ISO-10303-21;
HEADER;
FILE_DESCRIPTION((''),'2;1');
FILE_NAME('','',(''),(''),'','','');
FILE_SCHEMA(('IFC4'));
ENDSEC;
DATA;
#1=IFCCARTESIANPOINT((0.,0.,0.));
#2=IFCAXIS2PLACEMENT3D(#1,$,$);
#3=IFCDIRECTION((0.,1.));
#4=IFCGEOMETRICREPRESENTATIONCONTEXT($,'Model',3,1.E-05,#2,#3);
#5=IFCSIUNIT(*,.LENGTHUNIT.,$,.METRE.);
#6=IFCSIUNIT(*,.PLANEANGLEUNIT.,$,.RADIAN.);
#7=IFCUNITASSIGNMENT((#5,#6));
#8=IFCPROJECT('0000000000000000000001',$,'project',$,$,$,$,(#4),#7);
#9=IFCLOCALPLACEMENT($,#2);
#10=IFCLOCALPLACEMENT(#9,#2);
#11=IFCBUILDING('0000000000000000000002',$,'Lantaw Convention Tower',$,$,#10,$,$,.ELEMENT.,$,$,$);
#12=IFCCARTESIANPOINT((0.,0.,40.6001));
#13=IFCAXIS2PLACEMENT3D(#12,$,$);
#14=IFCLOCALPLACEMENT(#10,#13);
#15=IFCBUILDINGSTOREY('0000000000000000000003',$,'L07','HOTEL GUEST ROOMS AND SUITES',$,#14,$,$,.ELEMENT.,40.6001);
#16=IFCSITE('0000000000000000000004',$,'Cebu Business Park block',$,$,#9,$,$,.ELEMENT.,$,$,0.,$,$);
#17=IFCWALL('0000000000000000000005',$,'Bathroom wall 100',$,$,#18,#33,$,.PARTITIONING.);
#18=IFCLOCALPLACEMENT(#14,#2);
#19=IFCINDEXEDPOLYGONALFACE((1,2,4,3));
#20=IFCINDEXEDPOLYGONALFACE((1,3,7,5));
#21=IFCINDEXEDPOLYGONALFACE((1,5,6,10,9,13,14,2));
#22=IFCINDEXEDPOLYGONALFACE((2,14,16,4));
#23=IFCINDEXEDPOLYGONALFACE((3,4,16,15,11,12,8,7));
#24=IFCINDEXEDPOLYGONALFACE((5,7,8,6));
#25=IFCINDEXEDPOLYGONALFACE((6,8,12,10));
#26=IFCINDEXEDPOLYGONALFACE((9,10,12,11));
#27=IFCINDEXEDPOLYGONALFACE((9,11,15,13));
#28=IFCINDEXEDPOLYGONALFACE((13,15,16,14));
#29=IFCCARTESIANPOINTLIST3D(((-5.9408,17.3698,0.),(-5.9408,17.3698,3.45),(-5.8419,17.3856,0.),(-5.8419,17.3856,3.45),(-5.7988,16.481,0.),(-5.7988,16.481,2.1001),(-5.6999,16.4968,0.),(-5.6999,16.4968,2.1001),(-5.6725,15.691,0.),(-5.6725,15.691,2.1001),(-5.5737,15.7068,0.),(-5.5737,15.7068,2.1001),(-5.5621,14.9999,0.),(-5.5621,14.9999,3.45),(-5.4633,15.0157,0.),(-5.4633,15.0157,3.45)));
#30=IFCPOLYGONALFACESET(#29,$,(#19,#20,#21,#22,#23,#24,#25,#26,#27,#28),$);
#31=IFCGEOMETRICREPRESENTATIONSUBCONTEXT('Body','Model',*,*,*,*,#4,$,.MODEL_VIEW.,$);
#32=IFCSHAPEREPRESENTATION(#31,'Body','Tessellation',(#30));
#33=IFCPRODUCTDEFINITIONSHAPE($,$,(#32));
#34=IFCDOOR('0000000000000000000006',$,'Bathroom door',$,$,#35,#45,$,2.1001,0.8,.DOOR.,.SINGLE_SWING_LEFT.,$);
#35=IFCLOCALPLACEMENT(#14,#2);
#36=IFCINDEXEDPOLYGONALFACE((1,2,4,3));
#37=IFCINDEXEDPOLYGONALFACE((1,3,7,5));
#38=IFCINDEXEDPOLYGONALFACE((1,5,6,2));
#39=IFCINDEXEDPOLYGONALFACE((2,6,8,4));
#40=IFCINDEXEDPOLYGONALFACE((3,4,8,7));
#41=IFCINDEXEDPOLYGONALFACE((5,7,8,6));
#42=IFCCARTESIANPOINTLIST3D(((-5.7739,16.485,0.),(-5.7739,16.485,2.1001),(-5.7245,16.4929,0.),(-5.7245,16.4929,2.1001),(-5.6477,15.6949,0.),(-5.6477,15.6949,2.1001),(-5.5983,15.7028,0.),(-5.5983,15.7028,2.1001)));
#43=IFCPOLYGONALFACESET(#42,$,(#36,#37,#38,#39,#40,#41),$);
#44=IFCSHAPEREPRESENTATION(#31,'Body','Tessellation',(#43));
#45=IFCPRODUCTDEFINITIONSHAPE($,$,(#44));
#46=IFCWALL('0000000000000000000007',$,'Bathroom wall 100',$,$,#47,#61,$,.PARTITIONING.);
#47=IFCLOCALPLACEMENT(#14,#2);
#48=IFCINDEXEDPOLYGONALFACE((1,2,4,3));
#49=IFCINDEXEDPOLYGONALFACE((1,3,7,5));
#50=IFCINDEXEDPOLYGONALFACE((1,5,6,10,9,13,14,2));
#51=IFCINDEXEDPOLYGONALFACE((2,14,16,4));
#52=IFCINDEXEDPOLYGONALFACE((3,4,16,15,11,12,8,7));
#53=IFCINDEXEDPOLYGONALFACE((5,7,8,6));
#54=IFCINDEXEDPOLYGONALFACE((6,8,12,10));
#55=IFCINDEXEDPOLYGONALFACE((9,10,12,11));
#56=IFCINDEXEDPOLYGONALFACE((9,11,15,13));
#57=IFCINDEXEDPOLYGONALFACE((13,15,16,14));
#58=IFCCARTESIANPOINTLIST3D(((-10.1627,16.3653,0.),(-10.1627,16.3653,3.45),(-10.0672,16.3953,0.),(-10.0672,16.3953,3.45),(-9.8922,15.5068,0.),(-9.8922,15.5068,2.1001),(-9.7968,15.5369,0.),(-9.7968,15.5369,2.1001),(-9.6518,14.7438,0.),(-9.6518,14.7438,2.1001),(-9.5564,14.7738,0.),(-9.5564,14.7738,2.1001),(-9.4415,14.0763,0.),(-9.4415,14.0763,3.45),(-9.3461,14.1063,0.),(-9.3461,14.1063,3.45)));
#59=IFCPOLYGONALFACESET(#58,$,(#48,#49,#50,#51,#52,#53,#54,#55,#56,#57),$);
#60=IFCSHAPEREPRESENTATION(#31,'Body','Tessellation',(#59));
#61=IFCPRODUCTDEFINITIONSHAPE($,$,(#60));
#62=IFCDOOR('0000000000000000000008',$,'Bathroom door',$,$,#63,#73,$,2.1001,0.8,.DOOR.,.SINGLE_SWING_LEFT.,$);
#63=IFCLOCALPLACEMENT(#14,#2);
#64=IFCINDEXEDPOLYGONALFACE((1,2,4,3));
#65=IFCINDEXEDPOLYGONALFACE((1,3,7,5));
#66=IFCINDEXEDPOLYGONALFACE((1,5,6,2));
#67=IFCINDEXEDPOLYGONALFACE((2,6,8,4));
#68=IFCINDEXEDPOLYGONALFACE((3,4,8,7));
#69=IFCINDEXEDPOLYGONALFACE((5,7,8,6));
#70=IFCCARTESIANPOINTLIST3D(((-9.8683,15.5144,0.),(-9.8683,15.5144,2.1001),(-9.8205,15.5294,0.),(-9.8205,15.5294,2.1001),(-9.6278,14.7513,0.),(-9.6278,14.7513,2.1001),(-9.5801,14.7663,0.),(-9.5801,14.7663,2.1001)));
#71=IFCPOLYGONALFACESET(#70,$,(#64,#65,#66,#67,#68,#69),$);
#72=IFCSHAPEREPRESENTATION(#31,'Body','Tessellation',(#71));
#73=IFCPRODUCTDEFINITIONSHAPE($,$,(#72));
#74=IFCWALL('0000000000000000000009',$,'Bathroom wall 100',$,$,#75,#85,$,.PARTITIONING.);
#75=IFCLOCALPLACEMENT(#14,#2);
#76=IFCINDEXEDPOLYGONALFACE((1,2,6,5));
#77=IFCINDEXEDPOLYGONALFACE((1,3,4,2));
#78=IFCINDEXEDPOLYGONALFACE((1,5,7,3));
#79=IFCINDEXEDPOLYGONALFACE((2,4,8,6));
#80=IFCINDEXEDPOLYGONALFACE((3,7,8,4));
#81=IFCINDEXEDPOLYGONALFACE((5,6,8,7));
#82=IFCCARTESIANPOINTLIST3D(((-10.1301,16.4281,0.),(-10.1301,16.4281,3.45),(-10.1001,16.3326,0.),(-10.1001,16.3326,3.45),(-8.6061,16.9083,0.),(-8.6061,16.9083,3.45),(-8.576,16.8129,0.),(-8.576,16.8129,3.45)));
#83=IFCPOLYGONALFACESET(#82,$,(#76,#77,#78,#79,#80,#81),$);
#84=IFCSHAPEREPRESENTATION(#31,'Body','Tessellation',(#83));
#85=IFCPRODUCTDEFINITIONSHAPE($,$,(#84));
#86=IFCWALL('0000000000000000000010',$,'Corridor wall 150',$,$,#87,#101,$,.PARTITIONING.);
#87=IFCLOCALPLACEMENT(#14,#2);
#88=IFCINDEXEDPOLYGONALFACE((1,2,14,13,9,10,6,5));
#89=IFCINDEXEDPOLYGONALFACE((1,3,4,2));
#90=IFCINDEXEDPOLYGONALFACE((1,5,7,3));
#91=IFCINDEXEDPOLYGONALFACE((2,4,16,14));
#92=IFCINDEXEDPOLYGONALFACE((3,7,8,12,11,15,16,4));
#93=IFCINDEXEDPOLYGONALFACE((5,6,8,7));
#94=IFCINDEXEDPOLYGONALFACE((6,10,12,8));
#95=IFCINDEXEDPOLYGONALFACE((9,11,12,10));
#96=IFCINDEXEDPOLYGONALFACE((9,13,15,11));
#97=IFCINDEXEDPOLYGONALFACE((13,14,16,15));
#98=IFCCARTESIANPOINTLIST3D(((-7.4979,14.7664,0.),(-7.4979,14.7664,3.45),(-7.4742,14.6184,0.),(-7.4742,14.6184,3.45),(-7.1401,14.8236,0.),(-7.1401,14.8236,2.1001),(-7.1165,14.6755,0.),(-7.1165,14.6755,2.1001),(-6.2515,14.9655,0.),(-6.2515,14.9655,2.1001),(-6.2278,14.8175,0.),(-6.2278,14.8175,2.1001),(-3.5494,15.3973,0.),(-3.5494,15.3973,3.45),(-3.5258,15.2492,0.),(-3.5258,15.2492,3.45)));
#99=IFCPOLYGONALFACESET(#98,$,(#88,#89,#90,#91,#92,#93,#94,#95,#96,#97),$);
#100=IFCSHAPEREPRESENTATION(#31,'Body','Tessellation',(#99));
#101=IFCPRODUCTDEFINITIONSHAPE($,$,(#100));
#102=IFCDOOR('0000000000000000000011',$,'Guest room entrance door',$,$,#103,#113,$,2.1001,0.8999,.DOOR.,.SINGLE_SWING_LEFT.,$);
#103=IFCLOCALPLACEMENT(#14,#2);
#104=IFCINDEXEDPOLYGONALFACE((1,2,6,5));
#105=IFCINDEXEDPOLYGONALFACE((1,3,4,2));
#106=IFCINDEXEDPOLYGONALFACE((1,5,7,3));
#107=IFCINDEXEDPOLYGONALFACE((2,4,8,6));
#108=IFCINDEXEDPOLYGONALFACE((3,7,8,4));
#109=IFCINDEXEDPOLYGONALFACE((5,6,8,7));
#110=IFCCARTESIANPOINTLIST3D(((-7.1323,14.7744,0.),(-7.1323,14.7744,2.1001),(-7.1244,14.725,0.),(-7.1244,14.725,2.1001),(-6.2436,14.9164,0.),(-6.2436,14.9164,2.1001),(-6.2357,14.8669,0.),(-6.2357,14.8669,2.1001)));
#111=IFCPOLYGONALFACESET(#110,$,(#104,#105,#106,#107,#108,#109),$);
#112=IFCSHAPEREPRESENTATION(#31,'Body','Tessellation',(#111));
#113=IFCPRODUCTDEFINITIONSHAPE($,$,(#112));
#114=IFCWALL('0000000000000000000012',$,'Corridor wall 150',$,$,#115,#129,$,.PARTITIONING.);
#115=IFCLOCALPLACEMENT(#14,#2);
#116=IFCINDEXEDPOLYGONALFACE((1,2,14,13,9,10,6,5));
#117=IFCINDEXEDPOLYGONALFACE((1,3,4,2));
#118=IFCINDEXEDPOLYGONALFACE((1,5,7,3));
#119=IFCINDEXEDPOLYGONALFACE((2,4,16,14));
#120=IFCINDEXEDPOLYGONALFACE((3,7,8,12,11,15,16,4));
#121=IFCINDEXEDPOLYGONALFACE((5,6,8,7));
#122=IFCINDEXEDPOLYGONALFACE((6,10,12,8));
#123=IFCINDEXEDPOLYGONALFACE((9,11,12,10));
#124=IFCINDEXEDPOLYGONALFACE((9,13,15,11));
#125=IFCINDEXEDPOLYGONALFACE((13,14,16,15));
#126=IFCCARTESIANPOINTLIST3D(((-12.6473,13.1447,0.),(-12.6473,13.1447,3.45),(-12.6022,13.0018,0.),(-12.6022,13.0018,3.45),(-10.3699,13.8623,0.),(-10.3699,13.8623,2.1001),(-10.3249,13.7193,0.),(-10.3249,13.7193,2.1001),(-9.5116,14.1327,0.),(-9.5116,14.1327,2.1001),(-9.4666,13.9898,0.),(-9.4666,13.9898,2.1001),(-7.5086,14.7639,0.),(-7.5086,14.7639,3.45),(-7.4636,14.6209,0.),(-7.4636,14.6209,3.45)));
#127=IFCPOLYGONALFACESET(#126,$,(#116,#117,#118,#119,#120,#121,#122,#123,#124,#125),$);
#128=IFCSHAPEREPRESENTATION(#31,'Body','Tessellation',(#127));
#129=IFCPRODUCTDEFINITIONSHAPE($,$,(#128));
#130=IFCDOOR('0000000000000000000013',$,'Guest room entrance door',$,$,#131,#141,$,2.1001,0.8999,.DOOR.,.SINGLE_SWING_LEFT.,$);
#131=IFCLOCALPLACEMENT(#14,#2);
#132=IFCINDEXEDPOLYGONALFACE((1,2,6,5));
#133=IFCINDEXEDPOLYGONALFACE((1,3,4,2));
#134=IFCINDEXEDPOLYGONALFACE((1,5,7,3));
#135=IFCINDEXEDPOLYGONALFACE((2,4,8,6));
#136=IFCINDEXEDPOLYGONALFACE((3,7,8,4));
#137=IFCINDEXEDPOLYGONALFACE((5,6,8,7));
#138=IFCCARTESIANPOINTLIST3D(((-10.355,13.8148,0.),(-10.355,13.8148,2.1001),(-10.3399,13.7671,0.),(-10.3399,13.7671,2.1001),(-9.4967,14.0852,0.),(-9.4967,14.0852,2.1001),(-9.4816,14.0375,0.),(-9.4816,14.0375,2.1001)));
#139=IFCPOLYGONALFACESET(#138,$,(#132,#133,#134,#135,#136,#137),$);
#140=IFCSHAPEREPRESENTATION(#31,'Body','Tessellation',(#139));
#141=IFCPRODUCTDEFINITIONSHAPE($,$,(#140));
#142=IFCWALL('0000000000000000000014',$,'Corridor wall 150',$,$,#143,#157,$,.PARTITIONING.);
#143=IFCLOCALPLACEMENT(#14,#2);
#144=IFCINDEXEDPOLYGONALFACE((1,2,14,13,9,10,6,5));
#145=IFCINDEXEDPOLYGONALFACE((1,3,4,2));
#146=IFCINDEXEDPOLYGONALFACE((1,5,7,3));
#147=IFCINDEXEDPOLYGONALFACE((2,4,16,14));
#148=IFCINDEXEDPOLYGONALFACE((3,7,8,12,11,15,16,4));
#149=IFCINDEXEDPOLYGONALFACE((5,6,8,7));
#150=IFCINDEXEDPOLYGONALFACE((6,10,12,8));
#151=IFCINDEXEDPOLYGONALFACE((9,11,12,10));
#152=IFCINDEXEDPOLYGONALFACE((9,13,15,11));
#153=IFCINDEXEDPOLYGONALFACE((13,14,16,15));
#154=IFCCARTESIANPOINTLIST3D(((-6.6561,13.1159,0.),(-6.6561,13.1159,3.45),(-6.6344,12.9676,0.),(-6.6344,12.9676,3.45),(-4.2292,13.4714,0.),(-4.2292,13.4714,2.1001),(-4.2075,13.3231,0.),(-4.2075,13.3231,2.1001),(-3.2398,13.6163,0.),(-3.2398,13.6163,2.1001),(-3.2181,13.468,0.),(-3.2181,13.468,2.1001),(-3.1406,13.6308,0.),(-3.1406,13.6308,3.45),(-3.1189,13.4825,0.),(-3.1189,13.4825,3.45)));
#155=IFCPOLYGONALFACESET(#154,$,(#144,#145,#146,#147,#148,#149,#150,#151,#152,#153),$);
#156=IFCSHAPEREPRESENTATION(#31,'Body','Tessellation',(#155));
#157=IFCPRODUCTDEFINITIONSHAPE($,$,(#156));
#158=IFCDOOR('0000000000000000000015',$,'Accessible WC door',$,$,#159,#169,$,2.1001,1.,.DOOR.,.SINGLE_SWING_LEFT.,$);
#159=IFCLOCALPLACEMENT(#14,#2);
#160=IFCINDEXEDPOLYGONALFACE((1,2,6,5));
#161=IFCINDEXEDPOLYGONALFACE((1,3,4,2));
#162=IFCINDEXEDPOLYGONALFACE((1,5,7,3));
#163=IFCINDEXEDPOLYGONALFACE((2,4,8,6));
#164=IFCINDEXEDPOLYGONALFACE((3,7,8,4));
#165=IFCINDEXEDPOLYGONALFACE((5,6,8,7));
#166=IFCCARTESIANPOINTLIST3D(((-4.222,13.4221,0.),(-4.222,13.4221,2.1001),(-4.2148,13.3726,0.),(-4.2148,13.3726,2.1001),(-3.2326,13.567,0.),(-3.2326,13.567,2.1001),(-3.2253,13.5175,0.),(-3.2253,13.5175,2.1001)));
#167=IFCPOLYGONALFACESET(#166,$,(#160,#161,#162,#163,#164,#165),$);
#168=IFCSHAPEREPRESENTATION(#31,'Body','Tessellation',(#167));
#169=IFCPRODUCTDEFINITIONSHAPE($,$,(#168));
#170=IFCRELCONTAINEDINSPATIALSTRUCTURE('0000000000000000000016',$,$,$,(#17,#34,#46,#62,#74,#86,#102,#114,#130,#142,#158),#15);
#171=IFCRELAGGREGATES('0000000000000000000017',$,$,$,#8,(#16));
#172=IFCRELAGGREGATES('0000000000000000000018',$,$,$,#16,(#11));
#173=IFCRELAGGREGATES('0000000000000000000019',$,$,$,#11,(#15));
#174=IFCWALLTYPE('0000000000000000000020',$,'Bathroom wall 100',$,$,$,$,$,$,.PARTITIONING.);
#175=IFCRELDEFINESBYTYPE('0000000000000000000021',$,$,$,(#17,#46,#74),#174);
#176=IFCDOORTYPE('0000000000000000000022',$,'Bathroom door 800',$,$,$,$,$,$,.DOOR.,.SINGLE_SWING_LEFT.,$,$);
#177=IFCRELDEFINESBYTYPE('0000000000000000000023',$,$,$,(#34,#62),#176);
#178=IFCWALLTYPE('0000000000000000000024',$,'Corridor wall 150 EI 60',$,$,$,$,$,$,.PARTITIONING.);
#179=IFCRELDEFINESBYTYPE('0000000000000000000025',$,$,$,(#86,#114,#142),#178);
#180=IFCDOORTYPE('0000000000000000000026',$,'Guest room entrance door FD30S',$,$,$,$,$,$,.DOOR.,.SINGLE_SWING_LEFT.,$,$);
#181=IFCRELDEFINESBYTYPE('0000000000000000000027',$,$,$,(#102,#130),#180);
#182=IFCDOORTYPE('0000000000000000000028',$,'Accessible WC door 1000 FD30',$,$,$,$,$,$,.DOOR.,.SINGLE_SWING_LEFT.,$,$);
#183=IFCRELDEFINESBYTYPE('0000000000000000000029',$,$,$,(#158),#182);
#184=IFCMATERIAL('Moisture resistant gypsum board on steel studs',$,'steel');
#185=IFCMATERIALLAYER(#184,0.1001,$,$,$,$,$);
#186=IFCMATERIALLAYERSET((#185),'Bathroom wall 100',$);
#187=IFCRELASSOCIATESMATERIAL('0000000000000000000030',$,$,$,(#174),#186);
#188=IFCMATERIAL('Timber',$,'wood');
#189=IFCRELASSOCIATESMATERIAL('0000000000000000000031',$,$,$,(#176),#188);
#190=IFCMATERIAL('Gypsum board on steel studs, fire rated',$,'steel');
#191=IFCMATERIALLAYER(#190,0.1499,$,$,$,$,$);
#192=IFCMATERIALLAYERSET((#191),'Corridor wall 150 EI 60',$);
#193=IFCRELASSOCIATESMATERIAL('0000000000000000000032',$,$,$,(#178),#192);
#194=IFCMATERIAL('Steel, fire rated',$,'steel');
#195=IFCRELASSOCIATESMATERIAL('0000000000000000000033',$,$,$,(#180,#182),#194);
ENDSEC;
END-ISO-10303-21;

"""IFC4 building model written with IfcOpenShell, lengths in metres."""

from ifc_helpers import new_model, si_unit, direction, frame, frame_2d, origin, place, context, subcontext, project, spatial, rectangle, extrude, material, layer, layer_set, type_object, element, fill, save


model = new_model("IFC4")

# Units and contexts
model_context = context("Model", 3, precision=1e-05, world=origin(), true_north=direction((0.0, 1.0)))
body_context = subcontext(model_context, "Body", "Model", "MODEL_VIEW")
ifc_project = project(units=[si_unit("LENGTHUNIT", "METRE"), si_unit("PLANEANGLEUNIT", "RADIAN")], contexts=[model_context])

# Site, building, storey
site_placement = place(None, origin())
site = spatial("IfcSite", under=ifc_project, at=site_placement, Name="Cebu Business Park block", CompositionType="ELEMENT", RefElevation=0.0)
building_placement = place(site_placement, origin())
building = spatial("IfcBuilding", under=site, at=building_placement, Name="Lantaw Convention Tower", CompositionType="ELEMENT")
storey_placement = place(building_placement, frame((0.0, 0.0, 40.6001)))
storey = spatial("IfcBuildingStorey", under=building, at=storey_placement, Name="L07", Description="HOTEL GUEST ROOMS AND SUITES", CompositionType="ELEMENT", Elevation=40.6001)

# Walls, openings, doors
ifc_material_1 = material(Name="Moisture resistant gypsum board on steel studs", Category="steel")
ifc_layer_1 = layer(ifc_material_1, 0.1001)
ifc_layer_set_1 = layer_set([ifc_layer_1], Name="Bathroom wall 100")
wall_type_1 = type_object("IfcWallType", Name="Bathroom wall 100", PredefinedType="PARTITIONING", material=ifc_layer_set_1)
ifc_material_2 = material(Name="Timber", Category="wood")
door_type_1 = type_object("IfcDoorType", Name="Bathroom door 800", OperationType="SINGLE_SWING_LEFT", PredefinedType="DOOR", material=ifc_material_2)
wall_1_placement = place(storey_placement, frame((-5.5127, 15.0078, 0.0), z_axis=(0.0, 0.0, 1.0), x_axis=(-0.15778, 0.987474, 0.0)))
wall_1 = element("IfcWall", 1, at=wall_1_placement, inside=storey, type_object=wall_type_1, Name="Bathroom wall 100", PredefinedType="PARTITIONING", context=body_context, shape_type="SweptSolid", body=[
    extrude(rectangle(XDim=2.3999, YDim=0.1001, at=frame_2d((1.2, 0.0))), origin(), (0.0, 0.0, 1.0), 3.45),
])
opening_1_placement = place(wall_1_placement, frame((0.7, 0.0, 0.0)))
opening_1 = element("IfcOpeningElement", 2, at=opening_1_placement, cuts=wall_1, PredefinedType="OPENING", context=body_context, shape_type="SweptSolid", body=[
    extrude(rectangle(XDim=0.8, YDim=2.1001, at=frame_2d((0.3999, 1.05))), frame((0.0, 0.0601, 0.0), z_axis=(0.0, -1.0, 0.0), x_axis=(1.0, 0.0, 0.0)), (0.0, 0.0, 1.0), 0.1201),
])
door_1_placement = place(opening_1_placement, origin())
door_1 = element("IfcDoor", 3, at=door_1_placement, inside=storey, type_object=door_type_1, Name="Bathroom door", OperationType="SINGLE_SWING_LEFT", OverallHeight=2.1001, OverallWidth=0.8, PredefinedType="DOOR", context=body_context, shape_type="SweptSolid", body=[
    extrude(rectangle(XDim=0.8, YDim=2.1001, at=frame_2d((0.3999, 1.05))), frame((0.0, 0.0249, 0.0), z_axis=(0.0, -1.0, 0.0), x_axis=(1.0, 0.0, 0.0)), (0.0, 0.0, 1.0), 0.05),
])
fill(opening_1, door_1)
wall_2_placement = place(storey_placement, frame((-9.3938, 14.0913, 0.0), z_axis=(0.0, 0.0, 1.0), x_axis=(-0.300498, 0.953782, 0.0)))
wall_2 = element("IfcWall", 4, at=wall_2_placement, inside=storey, type_object=wall_type_1, Name="Bathroom wall 100", PredefinedType="PARTITIONING", context=body_context, shape_type="SweptSolid", body=[
    extrude(rectangle(XDim=2.3999, YDim=0.1001, at=frame_2d((1.2, 0.0))), origin(), (0.0, 0.0, 1.0), 3.45),
])
opening_2_placement = place(wall_2_placement, frame((0.7, 0.0, 0.0)))
opening_2 = element("IfcOpeningElement", 5, at=opening_2_placement, cuts=wall_2, PredefinedType="OPENING", context=body_context, shape_type="SweptSolid", body=[
    extrude(rectangle(XDim=0.8, YDim=2.1001, at=frame_2d((0.3999, 1.05))), frame((0.0, 0.0601, 0.0), z_axis=(0.0, -1.0, 0.0), x_axis=(1.0, 0.0, 0.0)), (0.0, 0.0, 1.0), 0.1201),
])
door_2_placement = place(opening_2_placement, origin())
door_2 = element("IfcDoor", 6, at=door_2_placement, inside=storey, type_object=door_type_1, Name="Bathroom door", OperationType="SINGLE_SWING_LEFT", OverallHeight=2.1001, OverallWidth=0.8, PredefinedType="DOOR", context=body_context, shape_type="SweptSolid", body=[
    extrude(rectangle(XDim=0.8, YDim=2.1001, at=frame_2d((0.3999, 1.05))), frame((0.0, 0.0249, 0.0), z_axis=(0.0, -1.0, 0.0), x_axis=(1.0, 0.0, 0.0)), (0.0, 0.0, 1.0), 0.05),
])
fill(opening_2, door_2)

# Wall
wall_3_placement = place(storey_placement, frame((-10.115, 16.3804, 0.0), z_axis=(0.0, 0.0, 1.0), x_axis=(0.953765, 0.300554, 0.0)))
element("IfcWall", 7, at=wall_3_placement, inside=storey, type_object=wall_type_1, Name="Bathroom wall 100", PredefinedType="PARTITIONING", context=body_context, shape_type="SweptSolid", body=[
    extrude(rectangle(XDim=1.5979, YDim=0.1001, at=frame_2d((0.7988, 0.0))), origin(), (0.0, 0.0, 1.0), 3.45),
])

# Walls, openings, doors
ifc_material_3 = material(Name="Gypsum board on steel studs, fire rated", Category="steel")
ifc_layer_2 = layer(ifc_material_3, 0.1499)
ifc_layer_set_2 = layer_set([ifc_layer_2], Name="Corridor wall 150 EI 60")
wall_type_2 = type_object("IfcWallType", Name="Corridor wall 150 EI 60", PredefinedType="PARTITIONING", material=ifc_layer_set_2)
wall_4_placement = place(storey_placement, frame((-3.5376, 15.3232, 0.0), z_axis=(0.0, 0.0, 1.0), x_axis=(-0.987476, -0.157771, 0.0)))
wall_4 = element("IfcWall", 8, at=wall_4_placement, inside=storey, type_object=wall_type_2, Name="Corridor wall 150", PredefinedType="PARTITIONING", context=body_context, shape_type="SweptSolid", body=[
    extrude(rectangle(XDim=3.9985, YDim=0.1499, at=frame_2d((1.9993, 0.0))), origin(), (0.0, 0.0, 1.0), 3.45),
])
opening_3_placement = place(wall_4_placement, frame((2.7363, 0.0, 0.0)))
opening_3 = element("IfcOpeningElement", 9, at=opening_3_placement, cuts=wall_4, PredefinedType="OPENING", context=body_context, shape_type="SweptSolid", body=[
    extrude(rectangle(XDim=0.8999, YDim=2.1001, at=frame_2d((0.45, 1.05))), frame((0.0, 0.085, 0.0), z_axis=(0.0, -1.0, 0.0), x_axis=(1.0, 0.0, 0.0)), (0.0, 0.0, 1.0), 0.1699),
])
ifc_material_4 = material(Name="Steel, fire rated", Category="steel")
door_type_2 = type_object("IfcDoorType", Name="Guest room entrance door FD30S", OperationType="SINGLE_SWING_LEFT", PredefinedType="DOOR", material=ifc_material_4)
door_3_placement = place(opening_3_placement, origin())
door_3 = element("IfcDoor", 10, at=door_3_placement, inside=storey, type_object=door_type_2, Name="Guest room entrance door", OperationType="SINGLE_SWING_LEFT", OverallHeight=2.1001, OverallWidth=0.8999, PredefinedType="DOOR", context=body_context, shape_type="SweptSolid", body=[
    extrude(rectangle(XDim=0.8999, YDim=2.1001, at=frame_2d((0.45, 1.05))), frame((0.0, 0.0249, 0.0), z_axis=(0.0, -1.0, 0.0), x_axis=(1.0, 0.0, 0.0)), (0.0, 0.0, 1.0), 0.05),
])
fill(opening_3, door_3)
wall_5_placement = place(storey_placement, frame((-7.4861, 14.6924, 0.0), z_axis=(0.0, 0.0, 1.0), x_axis=(-0.953774, -0.300524, 0.0)))
wall_5 = element("IfcWall", 11, at=wall_5_placement, inside=storey, type_object=wall_type_2, Name="Corridor wall 150", PredefinedType="PARTITIONING", context=body_context, shape_type="SweptSolid", body=[
    extrude(rectangle(XDim=5.3877, YDim=0.1499, at=frame_2d((2.6938, 0.0))), origin(), (0.0, 0.0, 1.0), 3.45),
])
opening_4_placement = place(wall_5_placement, frame((2.1001, 0.0, 0.0)))
opening_4 = element("IfcOpeningElement", 12, at=opening_4_placement, cuts=wall_5, PredefinedType="OPENING", context=body_context, shape_type="SweptSolid", body=[
    extrude(rectangle(XDim=0.8999, YDim=2.1001, at=frame_2d((0.45, 1.05))), frame((0.0, 0.085, 0.0), z_axis=(0.0, -1.0, 0.0), x_axis=(1.0, 0.0, 0.0)), (0.0, 0.0, 1.0), 0.1699),
])
door_4_placement = place(opening_4_placement, origin())
door_4 = element("IfcDoor", 13, at=door_4_placement, inside=storey, type_object=door_type_2, Name="Guest room entrance door", OperationType="SINGLE_SWING_LEFT", OverallHeight=2.1001, OverallWidth=0.8999, PredefinedType="DOOR", context=body_context, shape_type="SweptSolid", body=[
    extrude(rectangle(XDim=0.8999, YDim=2.1001, at=frame_2d((0.45, 1.05))), frame((0.0, 0.0249, 0.0), z_axis=(0.0, -1.0, 0.0), x_axis=(1.0, 0.0, 0.0)), (0.0, 0.0, 1.0), 0.05),
])
fill(opening_4, door_4)
wall_6_placement = place(storey_placement, frame((-3.1299, 13.5566, 0.0), z_axis=(0.0, 0.0, 1.0), x_axis=(-0.989443, -0.144922, 0.0)))
wall_6 = element("IfcWall", 14, at=wall_6_placement, inside=storey, type_object=wall_type_2, Name="Corridor wall 150", PredefinedType="PARTITIONING", context=body_context, shape_type="SweptSolid", body=[
    extrude(rectangle(XDim=3.553, YDim=0.1499, at=frame_2d((1.7764, 0.0))), origin(), (0.0, 0.0, 1.0), 3.45),
])
opening_5_placement = place(wall_6_placement, frame((0.1001, 0.0, 0.0)))
opening_5 = element("IfcOpeningElement", 15, at=opening_5_placement, cuts=wall_6, PredefinedType="OPENING", context=body_context, shape_type="SweptSolid", body=[
    extrude(rectangle(XDim=1.0, YDim=2.1001, at=frame_2d((0.5, 1.05))), frame((0.0, 0.085, 0.0), z_axis=(0.0, -1.0, 0.0), x_axis=(1.0, 0.0, 0.0)), (0.0, 0.0, 1.0), 0.1699),
])
door_type_3 = type_object("IfcDoorType", Name="Accessible WC door 1000 FD30", OperationType="SINGLE_SWING_LEFT", PredefinedType="DOOR", material=ifc_material_4)
door_5_placement = place(opening_5_placement, origin())
door_5 = element("IfcDoor", 16, at=door_5_placement, inside=storey, type_object=door_type_3, Name="Accessible WC door", OperationType="SINGLE_SWING_LEFT", OverallHeight=2.1001, OverallWidth=1.0, PredefinedType="DOOR", context=body_context, shape_type="SweptSolid", body=[
    extrude(rectangle(XDim=1.0, YDim=2.1001, at=frame_2d((0.5, 1.05))), frame((0.0, 0.0249, 0.0), z_axis=(0.0, -1.0, 0.0), x_axis=(1.0, 0.0, 0.0)), (0.0, 0.0, 1.0), 0.05),
])
fill(opening_5, door_5)

save(model, "model.ifc")
